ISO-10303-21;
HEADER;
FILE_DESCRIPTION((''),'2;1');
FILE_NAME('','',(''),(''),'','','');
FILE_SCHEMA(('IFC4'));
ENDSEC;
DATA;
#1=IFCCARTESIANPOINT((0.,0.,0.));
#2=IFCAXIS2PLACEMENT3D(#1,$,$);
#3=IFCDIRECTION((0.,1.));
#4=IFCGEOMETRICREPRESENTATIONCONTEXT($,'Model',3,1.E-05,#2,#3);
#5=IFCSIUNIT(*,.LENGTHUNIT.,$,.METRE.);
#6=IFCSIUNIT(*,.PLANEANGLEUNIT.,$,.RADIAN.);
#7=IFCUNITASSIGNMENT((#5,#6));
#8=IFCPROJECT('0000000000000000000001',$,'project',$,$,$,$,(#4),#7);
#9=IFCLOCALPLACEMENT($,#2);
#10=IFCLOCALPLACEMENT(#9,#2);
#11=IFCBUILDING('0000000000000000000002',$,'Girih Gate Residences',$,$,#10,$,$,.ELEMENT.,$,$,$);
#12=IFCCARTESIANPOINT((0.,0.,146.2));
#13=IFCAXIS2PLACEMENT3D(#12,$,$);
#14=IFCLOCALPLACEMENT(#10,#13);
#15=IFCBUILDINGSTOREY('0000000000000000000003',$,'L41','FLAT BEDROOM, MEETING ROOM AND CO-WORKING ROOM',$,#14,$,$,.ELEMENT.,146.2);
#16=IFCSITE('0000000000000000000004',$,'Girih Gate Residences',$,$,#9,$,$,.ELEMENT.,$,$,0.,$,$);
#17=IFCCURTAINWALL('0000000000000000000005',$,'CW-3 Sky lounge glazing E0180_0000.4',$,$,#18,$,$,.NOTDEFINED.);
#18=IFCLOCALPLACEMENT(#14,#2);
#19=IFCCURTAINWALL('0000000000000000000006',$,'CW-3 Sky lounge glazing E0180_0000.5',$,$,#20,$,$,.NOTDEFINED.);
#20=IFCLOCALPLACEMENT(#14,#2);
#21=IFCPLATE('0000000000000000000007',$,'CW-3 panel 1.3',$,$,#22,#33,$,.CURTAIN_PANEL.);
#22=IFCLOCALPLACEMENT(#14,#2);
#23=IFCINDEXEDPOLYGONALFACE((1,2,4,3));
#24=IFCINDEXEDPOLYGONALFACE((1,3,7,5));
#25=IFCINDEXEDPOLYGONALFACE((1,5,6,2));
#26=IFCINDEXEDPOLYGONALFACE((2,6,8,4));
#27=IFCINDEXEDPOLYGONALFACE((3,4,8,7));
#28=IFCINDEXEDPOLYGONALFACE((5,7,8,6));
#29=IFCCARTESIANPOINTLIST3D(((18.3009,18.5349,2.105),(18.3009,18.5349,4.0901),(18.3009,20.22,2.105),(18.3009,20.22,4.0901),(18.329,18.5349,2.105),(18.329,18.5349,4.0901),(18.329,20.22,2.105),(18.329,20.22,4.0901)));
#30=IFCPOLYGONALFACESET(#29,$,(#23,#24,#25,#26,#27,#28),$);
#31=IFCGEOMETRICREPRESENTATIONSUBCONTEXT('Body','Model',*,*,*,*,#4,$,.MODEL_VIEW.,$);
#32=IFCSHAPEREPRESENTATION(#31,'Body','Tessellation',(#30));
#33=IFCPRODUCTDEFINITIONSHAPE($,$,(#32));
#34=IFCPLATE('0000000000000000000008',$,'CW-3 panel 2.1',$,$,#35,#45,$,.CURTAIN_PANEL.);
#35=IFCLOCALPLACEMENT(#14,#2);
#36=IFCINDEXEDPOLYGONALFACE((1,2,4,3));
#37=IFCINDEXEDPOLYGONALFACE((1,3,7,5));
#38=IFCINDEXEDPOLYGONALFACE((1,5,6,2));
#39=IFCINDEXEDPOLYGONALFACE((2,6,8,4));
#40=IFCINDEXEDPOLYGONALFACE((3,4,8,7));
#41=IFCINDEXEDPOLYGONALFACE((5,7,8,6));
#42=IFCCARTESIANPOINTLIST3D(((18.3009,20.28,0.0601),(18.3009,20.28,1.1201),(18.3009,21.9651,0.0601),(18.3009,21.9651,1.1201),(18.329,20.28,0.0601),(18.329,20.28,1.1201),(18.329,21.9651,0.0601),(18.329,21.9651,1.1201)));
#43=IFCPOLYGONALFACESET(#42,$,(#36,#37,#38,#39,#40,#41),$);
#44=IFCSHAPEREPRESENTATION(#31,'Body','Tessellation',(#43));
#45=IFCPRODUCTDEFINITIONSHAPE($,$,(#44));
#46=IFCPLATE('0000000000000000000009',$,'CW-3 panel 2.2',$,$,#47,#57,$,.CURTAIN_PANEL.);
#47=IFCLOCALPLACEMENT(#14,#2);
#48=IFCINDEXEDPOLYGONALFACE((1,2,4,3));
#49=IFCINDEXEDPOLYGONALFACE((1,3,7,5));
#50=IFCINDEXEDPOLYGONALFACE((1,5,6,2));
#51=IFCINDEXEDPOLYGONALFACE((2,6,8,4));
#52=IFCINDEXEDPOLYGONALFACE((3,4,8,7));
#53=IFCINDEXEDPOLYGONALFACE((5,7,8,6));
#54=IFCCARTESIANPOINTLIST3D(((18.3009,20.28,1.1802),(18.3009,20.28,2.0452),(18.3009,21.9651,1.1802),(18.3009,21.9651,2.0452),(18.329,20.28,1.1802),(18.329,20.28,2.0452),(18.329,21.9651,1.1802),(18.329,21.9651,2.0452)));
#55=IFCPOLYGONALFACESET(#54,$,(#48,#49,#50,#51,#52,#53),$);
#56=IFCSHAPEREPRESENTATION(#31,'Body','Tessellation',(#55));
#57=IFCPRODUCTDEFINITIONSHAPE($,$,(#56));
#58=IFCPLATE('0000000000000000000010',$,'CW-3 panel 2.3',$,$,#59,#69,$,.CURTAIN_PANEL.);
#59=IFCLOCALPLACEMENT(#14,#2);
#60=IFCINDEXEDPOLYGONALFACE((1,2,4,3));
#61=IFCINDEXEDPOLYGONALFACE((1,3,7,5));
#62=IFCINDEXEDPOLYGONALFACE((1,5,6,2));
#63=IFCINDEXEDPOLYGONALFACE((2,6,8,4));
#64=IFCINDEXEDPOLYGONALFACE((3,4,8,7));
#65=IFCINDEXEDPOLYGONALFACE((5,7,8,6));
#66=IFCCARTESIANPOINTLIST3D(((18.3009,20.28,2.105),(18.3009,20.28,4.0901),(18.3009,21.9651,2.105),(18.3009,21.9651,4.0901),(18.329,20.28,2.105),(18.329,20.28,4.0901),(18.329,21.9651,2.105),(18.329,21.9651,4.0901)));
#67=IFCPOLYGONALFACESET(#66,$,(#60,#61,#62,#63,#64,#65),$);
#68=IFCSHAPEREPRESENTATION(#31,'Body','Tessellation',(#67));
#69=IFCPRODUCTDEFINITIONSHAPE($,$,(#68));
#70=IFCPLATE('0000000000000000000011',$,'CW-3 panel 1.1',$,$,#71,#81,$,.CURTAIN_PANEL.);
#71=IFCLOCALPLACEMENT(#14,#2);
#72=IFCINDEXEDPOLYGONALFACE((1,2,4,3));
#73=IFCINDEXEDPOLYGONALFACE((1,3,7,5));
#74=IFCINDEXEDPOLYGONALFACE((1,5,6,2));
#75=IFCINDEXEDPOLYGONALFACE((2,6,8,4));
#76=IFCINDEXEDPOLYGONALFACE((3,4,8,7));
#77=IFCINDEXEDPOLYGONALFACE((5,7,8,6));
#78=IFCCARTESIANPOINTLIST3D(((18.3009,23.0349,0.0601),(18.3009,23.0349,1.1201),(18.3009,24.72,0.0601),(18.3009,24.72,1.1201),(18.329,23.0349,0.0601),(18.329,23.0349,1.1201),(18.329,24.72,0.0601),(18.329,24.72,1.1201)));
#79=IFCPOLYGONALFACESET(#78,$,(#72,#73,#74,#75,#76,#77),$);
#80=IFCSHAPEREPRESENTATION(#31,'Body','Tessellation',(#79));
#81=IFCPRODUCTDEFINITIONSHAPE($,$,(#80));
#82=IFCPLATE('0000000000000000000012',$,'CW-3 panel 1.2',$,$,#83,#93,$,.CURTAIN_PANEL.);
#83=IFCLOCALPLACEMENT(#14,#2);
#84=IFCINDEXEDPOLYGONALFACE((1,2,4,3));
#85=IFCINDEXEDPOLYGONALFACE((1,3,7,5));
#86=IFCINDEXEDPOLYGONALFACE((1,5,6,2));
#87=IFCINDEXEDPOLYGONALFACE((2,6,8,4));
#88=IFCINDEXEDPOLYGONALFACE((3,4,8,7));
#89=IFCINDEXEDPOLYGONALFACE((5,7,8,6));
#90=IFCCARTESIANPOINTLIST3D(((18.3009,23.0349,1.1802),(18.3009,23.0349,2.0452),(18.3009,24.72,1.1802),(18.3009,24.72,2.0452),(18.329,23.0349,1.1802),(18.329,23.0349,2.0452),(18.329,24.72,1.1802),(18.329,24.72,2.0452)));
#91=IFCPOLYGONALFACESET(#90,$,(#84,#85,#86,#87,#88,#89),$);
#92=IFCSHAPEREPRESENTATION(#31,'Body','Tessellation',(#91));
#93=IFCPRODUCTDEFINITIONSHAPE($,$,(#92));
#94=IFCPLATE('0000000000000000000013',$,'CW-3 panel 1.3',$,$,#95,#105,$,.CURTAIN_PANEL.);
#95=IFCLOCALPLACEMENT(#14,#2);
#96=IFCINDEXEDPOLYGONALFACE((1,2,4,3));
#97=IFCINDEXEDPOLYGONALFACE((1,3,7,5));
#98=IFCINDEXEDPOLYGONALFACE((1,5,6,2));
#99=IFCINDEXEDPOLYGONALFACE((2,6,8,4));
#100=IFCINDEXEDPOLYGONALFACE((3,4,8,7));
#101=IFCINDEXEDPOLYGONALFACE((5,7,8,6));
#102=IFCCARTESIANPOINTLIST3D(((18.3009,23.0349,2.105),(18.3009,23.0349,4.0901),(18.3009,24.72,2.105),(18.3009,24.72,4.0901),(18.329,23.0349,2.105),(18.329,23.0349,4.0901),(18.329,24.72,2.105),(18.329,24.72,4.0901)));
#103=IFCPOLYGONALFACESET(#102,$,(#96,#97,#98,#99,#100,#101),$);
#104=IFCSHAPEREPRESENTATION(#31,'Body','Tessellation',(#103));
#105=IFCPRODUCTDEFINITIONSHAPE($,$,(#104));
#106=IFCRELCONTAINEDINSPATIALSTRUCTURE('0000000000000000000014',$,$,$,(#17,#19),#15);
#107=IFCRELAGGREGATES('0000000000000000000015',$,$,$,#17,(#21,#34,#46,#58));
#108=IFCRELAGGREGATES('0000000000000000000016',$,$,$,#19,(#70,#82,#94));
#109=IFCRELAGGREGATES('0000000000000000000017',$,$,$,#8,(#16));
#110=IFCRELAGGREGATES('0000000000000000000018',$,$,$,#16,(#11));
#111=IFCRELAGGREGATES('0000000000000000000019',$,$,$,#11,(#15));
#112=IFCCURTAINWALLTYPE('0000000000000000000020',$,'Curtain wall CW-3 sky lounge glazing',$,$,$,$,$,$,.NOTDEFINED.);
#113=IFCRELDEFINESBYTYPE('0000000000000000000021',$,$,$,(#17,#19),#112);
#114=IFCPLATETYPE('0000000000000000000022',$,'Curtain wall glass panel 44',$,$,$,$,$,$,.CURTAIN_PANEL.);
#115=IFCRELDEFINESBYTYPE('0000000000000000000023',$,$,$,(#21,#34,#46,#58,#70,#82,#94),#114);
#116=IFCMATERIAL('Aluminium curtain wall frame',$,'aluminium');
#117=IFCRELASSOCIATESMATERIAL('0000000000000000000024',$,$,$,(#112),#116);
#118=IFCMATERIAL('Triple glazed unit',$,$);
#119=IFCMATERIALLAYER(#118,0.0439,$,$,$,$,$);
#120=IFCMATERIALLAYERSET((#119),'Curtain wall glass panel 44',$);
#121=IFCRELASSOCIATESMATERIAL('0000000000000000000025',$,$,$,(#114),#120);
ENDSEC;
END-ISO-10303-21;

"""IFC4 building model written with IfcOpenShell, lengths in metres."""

from ifc_helpers import new_model, si_unit, direction, frame, origin, origin_2d, place, context, subcontext, project, spatial, rectangle, extrude, material, layer, layer_set, type_object, element, aggregate, save


model = new_model("IFC4")

# Units and contexts
model_context = context("Model", 3, precision=1e-05, world=origin(), true_north=direction((0.0, 1.0)))
body_context = subcontext(model_context, "Body", "Model", "MODEL_VIEW")
ifc_project = project(units=[si_unit("LENGTHUNIT", "METRE"), si_unit("PLANEANGLEUNIT", "RADIAN")], contexts=[model_context])

# Site, building, storey
site_placement = place(None, origin())
site = spatial("IfcSite", under=ifc_project, at=site_placement, Name="Girih Gate Residences", CompositionType="ELEMENT", RefElevation=0.0)
building_placement = place(site_placement, origin())
building = spatial("IfcBuilding", under=site, at=building_placement, Name="Girih Gate Residences", CompositionType="ELEMENT")
storey_placement = place(building_placement, frame((0.0, 0.0, 146.2)))
storey = spatial("IfcBuildingStorey", under=building, at=storey_placement, Name="L41", Description="FLAT BEDROOM, MEETING ROOM AND CO-WORKING ROOM", CompositionType="ELEMENT", Elevation=146.2)

# Curtain walls
ifc_material_1 = material(Name="Aluminium curtain wall frame", Category="aluminium")
curtain_wall_type = type_object("IfcCurtainWallType", Name="Curtain wall CW-3 sky lounge glazing", PredefinedType="NOTDEFINED", material=ifc_material_1)
curtain_wall_1_placement = place(storey_placement, origin())
curtain_wall_1 = element("IfcCurtainWall", 1, at=curtain_wall_1_placement, inside=storey, type_object=curtain_wall_type, Name="CW-3 Sky lounge glazing E0180_0000.4", PredefinedType="NOTDEFINED")
curtain_wall_2_placement = place(storey_placement, origin())
curtain_wall_2 = element("IfcCurtainWall", 2, at=curtain_wall_2_placement, inside=storey, type_object=curtain_wall_type, Name="CW-3 Sky lounge glazing E0180_0000.5", PredefinedType="NOTDEFINED")

# Plates
ifc_material_2 = material(Name="Triple glazed unit")
ifc_layer = layer(ifc_material_2, 0.0439)
ifc_layer_set = layer_set([ifc_layer], Name="Curtain wall glass panel 44")
plate_type = type_object("IfcPlateType", Name="Curtain wall glass panel 44", PredefinedType="CURTAIN_PANEL", material=ifc_layer_set)
plate_1_placement = place(storey_placement, frame((18.3149, 19.3774, 2.105), z_axis=(0.0, 0.0, 1.0), x_axis=(0.0, 1.0, 0.0)))
plate_1 = element("IfcPlate", 3, at=plate_1_placement, type_object=plate_type, Name="CW-3 panel 1.3", PredefinedType="CURTAIN_PANEL", context=body_context, shape_type="SweptSolid", body=[
    extrude(rectangle(XDim=1.6851, YDim=0.0281, at=origin_2d()), origin(), (0.0, 0.0, 1.0), 1.9851),
])
plate_2_placement = place(storey_placement, frame((18.3149, 21.1226, 0.0601), z_axis=(0.0, 0.0, 1.0), x_axis=(0.0, 1.0, 0.0)))
plate_2 = element("IfcPlate", 4, at=plate_2_placement, type_object=plate_type, Name="CW-3 panel 2.1", PredefinedType="CURTAIN_PANEL", context=body_context, shape_type="SweptSolid", body=[
    extrude(rectangle(XDim=1.6851, YDim=0.0281, at=origin_2d()), origin(), (0.0, 0.0, 1.0), 1.0601),
])
plate_3_placement = place(storey_placement, frame((18.3149, 21.1226, 1.1802), z_axis=(0.0, 0.0, 1.0), x_axis=(0.0, 1.0, 0.0)))
plate_3 = element("IfcPlate", 5, at=plate_3_placement, type_object=plate_type, Name="CW-3 panel 2.2", PredefinedType="CURTAIN_PANEL", context=body_context, shape_type="SweptSolid", body=[
    extrude(rectangle(XDim=1.6851, YDim=0.0281, at=origin_2d()), origin(), (0.0, 0.0, 1.0), 0.865),
])
plate_4_placement = place(storey_placement, frame((18.3149, 21.1226, 2.105), z_axis=(0.0, 0.0, 1.0), x_axis=(0.0, 1.0, 0.0)))
plate_4 = element("IfcPlate", 6, at=plate_4_placement, type_object=plate_type, Name="CW-3 panel 2.3", PredefinedType="CURTAIN_PANEL", context=body_context, shape_type="SweptSolid", body=[
    extrude(rectangle(XDim=1.6851, YDim=0.0281, at=origin_2d()), origin(), (0.0, 0.0, 1.0), 1.9851),
])
aggregate(curtain_wall_1, [plate_1, plate_2, plate_3, plate_4])
plate_5_placement = place(storey_placement, frame((18.3149, 23.8774, 0.0601), z_axis=(0.0, 0.0, 1.0), x_axis=(0.0, 1.0, 0.0)))
plate_5 = element("IfcPlate", 7, at=plate_5_placement, type_object=plate_type, Name="CW-3 panel 1.1", PredefinedType="CURTAIN_PANEL", context=body_context, shape_type="SweptSolid", body=[
    extrude(rectangle(XDim=1.6851, YDim=0.0281, at=origin_2d()), origin(), (0.0, 0.0, 1.0), 1.0601),
])
plate_6_placement = place(storey_placement, frame((18.3149, 23.8774, 1.1802), z_axis=(0.0, 0.0, 1.0), x_axis=(0.0, 1.0, 0.0)))
plate_6 = element("IfcPlate", 8, at=plate_6_placement, type_object=plate_type, Name="CW-3 panel 1.2", PredefinedType="CURTAIN_PANEL", context=body_context, shape_type="SweptSolid", body=[
    extrude(rectangle(XDim=1.6851, YDim=0.0281, at=origin_2d()), origin(), (0.0, 0.0, 1.0), 0.865),
])
plate_7_placement = place(storey_placement, frame((18.3149, 23.8774, 2.105), z_axis=(0.0, 0.0, 1.0), x_axis=(0.0, 1.0, 0.0)))
plate_7 = element("IfcPlate", 9, at=plate_7_placement, type_object=plate_type, Name="CW-3 panel 1.3", PredefinedType="CURTAIN_PANEL", context=body_context, shape_type="SweptSolid", body=[
    extrude(rectangle(XDim=1.6851, YDim=0.0281, at=origin_2d()), origin(), (0.0, 0.0, 1.0), 1.9851),
])
aggregate(curtain_wall_2, [plate_5, plate_6, plate_7])

save(model, "model.ifc")
